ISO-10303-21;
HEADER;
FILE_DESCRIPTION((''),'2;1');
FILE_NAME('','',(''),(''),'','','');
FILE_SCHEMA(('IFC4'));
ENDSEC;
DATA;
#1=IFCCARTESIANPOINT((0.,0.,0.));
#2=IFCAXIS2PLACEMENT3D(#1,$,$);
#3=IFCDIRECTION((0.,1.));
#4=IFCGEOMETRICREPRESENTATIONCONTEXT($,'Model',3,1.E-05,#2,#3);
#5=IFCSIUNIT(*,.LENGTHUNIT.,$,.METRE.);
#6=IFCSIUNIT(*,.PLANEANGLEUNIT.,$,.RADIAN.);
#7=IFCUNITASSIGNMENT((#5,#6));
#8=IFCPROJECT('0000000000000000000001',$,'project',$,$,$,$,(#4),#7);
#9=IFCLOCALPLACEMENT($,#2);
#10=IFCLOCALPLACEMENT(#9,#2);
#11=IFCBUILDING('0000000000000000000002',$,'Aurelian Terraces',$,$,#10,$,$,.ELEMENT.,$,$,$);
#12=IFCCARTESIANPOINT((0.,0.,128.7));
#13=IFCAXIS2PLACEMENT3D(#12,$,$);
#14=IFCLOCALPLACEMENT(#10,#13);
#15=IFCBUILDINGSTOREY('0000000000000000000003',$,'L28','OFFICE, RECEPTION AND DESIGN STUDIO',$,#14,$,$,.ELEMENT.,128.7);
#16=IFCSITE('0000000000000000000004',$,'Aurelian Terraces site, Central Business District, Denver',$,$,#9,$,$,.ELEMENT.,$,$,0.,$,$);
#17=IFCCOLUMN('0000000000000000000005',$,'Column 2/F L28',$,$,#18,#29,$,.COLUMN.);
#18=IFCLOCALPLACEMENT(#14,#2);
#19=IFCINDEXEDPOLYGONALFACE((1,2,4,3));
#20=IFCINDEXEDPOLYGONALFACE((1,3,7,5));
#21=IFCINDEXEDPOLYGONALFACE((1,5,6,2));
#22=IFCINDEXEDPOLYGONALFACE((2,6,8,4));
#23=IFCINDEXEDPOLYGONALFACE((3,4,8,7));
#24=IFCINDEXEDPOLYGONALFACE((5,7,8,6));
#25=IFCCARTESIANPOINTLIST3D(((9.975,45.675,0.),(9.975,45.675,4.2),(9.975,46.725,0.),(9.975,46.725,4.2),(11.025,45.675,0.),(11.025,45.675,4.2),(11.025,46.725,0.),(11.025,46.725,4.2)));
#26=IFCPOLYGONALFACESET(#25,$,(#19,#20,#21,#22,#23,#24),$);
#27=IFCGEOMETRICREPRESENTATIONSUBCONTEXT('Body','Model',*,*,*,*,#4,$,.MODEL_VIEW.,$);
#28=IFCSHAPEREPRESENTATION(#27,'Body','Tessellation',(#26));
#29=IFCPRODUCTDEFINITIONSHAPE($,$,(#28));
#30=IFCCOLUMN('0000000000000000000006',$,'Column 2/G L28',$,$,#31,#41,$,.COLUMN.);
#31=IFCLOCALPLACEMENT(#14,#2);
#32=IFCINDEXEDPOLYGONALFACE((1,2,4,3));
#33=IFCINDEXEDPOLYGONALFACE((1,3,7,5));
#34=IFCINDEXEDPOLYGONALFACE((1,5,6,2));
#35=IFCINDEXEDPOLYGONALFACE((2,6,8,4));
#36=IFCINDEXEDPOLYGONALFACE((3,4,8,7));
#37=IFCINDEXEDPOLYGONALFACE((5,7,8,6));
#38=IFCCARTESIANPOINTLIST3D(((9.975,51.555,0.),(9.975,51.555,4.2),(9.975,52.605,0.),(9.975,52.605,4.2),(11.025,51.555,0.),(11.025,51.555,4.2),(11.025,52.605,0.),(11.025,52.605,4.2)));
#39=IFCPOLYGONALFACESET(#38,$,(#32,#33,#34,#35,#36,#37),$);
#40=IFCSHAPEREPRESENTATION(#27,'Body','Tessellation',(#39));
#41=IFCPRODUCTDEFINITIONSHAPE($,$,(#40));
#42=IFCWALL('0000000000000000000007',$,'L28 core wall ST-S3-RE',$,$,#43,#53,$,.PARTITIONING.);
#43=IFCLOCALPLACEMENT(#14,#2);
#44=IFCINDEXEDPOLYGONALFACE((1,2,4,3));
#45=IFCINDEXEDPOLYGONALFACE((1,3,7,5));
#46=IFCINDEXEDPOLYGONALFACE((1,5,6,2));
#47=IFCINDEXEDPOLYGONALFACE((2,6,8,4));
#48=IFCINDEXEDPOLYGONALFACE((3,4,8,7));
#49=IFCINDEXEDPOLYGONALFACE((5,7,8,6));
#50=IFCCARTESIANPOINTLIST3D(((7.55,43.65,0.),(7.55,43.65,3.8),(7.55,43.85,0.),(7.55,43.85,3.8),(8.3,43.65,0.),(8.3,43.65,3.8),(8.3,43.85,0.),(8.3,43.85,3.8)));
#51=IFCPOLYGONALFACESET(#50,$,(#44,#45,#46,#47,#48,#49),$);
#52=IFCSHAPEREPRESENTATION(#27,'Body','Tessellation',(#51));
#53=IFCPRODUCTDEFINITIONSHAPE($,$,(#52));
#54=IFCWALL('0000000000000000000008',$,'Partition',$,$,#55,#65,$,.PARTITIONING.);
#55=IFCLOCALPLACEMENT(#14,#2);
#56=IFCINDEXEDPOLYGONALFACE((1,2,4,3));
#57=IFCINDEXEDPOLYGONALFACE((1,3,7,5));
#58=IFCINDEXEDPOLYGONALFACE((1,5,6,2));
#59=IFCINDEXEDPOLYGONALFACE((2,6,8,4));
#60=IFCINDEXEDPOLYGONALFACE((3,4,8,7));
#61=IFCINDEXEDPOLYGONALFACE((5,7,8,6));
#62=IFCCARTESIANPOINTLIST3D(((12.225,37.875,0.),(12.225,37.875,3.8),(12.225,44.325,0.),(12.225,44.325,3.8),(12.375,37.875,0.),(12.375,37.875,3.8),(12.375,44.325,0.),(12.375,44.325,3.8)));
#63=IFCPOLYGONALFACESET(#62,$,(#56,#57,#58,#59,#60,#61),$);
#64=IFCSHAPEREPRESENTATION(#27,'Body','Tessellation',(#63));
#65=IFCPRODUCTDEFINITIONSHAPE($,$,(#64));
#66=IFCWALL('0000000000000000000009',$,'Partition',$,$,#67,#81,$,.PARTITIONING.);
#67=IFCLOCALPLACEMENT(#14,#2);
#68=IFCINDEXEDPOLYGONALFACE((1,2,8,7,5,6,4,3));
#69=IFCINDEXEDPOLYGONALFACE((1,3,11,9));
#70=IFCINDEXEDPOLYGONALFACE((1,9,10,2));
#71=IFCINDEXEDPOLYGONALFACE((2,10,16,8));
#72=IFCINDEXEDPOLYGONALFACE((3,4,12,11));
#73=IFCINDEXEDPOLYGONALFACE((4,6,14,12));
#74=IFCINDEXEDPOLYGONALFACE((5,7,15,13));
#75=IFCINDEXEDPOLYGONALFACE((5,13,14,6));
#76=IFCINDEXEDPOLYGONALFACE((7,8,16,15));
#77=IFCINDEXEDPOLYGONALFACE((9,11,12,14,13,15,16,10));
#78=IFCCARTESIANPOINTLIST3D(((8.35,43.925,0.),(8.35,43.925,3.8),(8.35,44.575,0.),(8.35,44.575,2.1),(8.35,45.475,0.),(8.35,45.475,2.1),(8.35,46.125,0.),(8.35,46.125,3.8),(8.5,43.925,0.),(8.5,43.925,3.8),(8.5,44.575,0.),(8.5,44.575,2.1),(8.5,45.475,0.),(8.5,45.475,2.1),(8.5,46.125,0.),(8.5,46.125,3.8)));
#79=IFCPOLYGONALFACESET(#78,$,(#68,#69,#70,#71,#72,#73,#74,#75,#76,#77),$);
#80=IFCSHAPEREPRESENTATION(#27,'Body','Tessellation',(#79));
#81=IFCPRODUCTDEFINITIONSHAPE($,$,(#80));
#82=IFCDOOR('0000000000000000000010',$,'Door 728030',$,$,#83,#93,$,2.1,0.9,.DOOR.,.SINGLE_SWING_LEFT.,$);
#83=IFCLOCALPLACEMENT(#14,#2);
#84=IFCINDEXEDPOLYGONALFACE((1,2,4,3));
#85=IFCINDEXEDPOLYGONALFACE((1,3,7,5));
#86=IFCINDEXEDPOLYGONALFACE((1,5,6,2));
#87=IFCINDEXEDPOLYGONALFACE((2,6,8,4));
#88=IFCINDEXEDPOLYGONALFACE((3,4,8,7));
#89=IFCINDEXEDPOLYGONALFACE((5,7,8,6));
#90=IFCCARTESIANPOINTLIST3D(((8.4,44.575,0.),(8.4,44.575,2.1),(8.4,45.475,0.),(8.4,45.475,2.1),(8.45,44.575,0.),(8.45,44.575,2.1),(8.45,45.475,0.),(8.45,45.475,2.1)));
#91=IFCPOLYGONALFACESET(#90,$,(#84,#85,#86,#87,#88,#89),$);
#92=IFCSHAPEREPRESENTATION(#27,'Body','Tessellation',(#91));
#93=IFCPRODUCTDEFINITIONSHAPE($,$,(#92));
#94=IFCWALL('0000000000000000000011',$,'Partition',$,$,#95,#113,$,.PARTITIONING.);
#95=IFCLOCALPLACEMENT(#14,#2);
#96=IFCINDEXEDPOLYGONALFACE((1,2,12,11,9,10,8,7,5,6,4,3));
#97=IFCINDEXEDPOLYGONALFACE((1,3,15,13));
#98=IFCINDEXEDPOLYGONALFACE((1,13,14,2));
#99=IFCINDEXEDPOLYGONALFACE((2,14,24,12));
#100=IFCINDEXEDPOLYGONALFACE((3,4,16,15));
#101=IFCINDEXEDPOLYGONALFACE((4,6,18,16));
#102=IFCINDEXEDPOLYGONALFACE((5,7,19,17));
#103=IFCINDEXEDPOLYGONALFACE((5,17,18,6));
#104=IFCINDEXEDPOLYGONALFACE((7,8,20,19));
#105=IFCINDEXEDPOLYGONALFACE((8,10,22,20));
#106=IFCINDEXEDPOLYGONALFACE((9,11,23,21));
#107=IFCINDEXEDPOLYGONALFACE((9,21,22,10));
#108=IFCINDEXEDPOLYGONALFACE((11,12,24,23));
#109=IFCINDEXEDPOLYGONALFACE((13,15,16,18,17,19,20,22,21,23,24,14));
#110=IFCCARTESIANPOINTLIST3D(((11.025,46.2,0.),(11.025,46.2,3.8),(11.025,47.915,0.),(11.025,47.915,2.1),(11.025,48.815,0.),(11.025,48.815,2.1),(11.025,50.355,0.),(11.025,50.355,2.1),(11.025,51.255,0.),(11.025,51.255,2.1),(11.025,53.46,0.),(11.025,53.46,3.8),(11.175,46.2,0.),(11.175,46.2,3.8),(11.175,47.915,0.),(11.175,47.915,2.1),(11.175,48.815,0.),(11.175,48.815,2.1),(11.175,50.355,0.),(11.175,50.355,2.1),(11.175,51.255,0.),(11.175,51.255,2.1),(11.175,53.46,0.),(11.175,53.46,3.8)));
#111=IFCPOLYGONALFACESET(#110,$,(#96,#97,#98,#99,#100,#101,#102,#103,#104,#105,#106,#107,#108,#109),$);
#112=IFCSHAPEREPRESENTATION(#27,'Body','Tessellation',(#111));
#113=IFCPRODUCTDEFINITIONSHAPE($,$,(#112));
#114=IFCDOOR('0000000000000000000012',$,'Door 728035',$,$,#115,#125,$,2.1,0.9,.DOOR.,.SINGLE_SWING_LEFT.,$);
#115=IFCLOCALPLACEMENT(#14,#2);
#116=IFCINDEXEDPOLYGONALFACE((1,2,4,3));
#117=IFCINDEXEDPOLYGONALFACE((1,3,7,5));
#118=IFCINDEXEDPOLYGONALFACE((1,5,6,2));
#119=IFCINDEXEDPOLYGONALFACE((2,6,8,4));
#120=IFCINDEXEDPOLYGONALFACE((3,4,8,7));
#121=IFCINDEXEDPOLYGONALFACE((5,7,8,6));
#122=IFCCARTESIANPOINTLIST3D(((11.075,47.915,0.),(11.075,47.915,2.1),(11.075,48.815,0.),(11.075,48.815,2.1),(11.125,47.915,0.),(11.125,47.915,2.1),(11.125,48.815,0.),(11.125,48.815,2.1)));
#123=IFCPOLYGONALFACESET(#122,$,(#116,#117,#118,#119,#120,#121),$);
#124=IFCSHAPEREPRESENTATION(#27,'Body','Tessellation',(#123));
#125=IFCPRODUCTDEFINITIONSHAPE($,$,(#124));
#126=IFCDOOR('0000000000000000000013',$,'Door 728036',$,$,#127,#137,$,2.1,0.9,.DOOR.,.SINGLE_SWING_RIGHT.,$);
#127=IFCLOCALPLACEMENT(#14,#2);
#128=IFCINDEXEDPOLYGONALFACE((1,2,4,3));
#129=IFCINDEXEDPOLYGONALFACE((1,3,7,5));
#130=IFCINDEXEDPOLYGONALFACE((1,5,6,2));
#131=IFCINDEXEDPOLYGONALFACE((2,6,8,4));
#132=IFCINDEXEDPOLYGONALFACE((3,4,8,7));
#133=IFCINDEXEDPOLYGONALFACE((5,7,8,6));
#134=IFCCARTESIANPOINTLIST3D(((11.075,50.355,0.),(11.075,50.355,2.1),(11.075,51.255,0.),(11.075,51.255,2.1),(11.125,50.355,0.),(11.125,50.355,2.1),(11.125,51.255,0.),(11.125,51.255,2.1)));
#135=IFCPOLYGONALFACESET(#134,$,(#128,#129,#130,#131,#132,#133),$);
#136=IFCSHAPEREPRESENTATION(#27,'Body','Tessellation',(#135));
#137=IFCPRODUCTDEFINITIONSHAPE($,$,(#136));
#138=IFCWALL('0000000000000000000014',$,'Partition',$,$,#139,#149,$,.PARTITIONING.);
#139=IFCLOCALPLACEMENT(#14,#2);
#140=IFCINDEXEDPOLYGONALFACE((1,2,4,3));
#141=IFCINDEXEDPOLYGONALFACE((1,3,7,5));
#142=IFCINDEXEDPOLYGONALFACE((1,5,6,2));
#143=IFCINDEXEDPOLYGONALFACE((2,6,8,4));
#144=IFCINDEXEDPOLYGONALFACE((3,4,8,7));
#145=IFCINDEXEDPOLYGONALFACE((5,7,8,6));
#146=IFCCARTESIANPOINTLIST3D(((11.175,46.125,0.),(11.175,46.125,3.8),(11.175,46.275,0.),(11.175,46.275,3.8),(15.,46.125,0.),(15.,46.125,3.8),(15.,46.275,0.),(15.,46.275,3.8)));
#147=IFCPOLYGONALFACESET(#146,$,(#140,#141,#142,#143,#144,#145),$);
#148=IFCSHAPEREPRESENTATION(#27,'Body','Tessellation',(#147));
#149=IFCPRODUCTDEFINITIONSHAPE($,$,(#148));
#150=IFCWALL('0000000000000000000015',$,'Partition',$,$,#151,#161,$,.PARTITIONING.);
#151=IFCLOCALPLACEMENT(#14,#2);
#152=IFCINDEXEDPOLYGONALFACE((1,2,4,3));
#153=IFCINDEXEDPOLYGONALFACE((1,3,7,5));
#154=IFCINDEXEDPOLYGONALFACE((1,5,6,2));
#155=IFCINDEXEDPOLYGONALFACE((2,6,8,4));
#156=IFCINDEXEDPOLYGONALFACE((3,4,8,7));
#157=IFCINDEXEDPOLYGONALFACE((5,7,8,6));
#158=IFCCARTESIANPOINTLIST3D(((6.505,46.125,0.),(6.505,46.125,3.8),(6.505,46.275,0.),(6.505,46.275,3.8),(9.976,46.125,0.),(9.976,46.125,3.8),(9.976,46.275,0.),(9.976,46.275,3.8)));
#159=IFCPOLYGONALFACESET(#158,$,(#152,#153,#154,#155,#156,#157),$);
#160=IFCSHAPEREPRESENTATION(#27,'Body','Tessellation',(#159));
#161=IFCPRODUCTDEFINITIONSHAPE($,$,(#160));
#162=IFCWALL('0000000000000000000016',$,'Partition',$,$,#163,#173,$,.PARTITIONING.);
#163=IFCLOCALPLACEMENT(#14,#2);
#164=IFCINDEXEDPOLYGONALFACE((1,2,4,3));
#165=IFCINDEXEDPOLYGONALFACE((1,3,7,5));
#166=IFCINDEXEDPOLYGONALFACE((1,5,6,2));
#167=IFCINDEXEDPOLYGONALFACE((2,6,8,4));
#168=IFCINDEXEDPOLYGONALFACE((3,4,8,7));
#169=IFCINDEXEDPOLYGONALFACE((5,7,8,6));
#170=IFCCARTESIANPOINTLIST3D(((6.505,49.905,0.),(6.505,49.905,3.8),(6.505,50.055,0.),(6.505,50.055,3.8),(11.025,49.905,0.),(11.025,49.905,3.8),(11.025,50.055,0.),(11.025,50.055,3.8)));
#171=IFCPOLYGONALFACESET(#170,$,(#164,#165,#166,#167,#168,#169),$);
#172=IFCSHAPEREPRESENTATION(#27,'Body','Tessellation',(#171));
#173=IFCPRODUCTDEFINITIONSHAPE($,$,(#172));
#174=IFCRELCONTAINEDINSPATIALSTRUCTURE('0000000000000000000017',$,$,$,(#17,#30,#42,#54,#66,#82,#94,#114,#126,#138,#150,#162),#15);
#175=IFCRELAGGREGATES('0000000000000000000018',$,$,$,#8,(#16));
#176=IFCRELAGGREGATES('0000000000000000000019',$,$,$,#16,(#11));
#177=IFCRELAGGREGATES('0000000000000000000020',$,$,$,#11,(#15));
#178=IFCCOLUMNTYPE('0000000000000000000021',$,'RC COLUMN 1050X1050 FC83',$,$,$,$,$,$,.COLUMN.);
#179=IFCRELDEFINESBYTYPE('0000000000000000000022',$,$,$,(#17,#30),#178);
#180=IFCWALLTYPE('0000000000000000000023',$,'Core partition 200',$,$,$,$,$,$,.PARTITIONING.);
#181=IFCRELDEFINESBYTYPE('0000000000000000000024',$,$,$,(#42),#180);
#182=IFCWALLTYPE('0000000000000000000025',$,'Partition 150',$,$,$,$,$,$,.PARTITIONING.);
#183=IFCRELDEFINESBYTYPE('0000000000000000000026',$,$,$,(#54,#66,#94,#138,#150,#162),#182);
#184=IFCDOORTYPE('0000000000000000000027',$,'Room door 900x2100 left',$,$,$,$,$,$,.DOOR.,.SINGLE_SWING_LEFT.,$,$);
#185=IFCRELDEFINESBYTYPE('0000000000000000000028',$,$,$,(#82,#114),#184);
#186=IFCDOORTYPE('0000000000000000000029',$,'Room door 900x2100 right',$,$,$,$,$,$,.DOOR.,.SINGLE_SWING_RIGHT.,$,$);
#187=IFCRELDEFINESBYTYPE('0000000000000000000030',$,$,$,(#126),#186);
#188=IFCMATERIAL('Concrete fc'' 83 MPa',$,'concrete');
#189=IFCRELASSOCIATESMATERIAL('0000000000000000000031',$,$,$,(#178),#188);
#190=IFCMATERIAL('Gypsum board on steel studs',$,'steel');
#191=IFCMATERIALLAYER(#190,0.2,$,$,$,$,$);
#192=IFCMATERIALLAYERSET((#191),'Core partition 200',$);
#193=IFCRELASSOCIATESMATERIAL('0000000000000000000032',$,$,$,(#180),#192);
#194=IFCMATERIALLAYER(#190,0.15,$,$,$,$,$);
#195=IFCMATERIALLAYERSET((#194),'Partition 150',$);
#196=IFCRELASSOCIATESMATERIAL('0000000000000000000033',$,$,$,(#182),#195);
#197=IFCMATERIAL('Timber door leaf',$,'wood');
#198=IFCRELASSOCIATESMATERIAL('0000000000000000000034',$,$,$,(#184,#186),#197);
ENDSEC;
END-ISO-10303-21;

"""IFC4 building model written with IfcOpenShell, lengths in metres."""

from ifc_helpers import new_model, si_unit, direction, frame, frame_2d, origin, origin_2d, place, context, subcontext, project, spatial, rectangle, extrude, source, transform, mapped, material, layer, layer_set, material_profile, profile_set, type_object, element, fill, save


model = new_model("IFC4")

# Units and contexts
model_context = context("Model", 3, precision=1e-05, world=origin(), true_north=direction((0.0, 1.0)))
body_context = subcontext(model_context, "Body", "Model", "MODEL_VIEW")
ifc_project = project(units=[si_unit("LENGTHUNIT", "METRE"), si_unit("PLANEANGLEUNIT", "RADIAN")], contexts=[model_context])

# Site, building, storey
site_placement = place(None, origin())
site = spatial("IfcSite", under=ifc_project, at=site_placement, Name="Aurelian Terraces site, Central Business District, Denver", CompositionType="ELEMENT", RefElevation=0.0)
building_placement = place(site_placement, origin())
building = spatial("IfcBuilding", under=site, at=building_placement, Name="Aurelian Terraces", CompositionType="ELEMENT")
storey_placement = place(building_placement, frame((0.0, 0.0, 128.7)))
storey = spatial("IfcBuildingStorey", under=building, at=storey_placement, Name="L28", Description="OFFICE, RECEPTION AND DESIGN STUDIO", CompositionType="ELEMENT", Elevation=128.7)

# Columns
ifc_material_1 = material(Name="Concrete fc' 83 MPa", Category="concrete")
ifc_material_profile = material_profile(ifc_material_1, rectangle(XDim=1.05, YDim=1.05, at=origin_2d()))
ifc_profile_set = profile_set([ifc_material_profile], Name="Concrete fc' 83 MPa")
column_type = type_object("IfcColumnType", Name="RC COLUMN 1050X1050 FC83", PredefinedType="COLUMN", material=ifc_profile_set)
shared_shape_1 = source(origin(), body_context, "Body", "SweptSolid", [
    extrude(rectangle(XDim=1.05, YDim=1.05, at=origin_2d()), origin(), (0.0, 0.0, 1.0), 4.2),
])
for number, where, z_axis, x_axis, name in (
    (1, (10.5, 46.2, 0.0), (0.0, 0.0, 1.0), (1.0, 0.0, 0.0), "Column 2/F L28"),
    (2, (10.5, 52.08, 0.0), (0.0, 0.0, 1.0), (1.0, 0.0, 0.0), "Column 2/G L28"),
):
    element("IfcColumn", number, at=place(storey_placement, frame(where, z_axis=z_axis, x_axis=x_axis)), inside=storey, type_object=column_type, Name=name, PredefinedType="COLUMN", context=body_context, shape_type="MappedRepresentation", body=[
        mapped(shared_shape_1, transform((0.0, 0.0, 0.0), scale=1.0)),
    ])

# Walls
ifc_material_2 = material(Name="Gypsum board on steel studs", Category="steel")
ifc_layer_1 = layer(ifc_material_2, 0.2)
ifc_layer_set_1 = layer_set([ifc_layer_1], Name="Core partition 200")
wall_type_1 = type_object("IfcWallType", Name="Core partition 200", PredefinedType="PARTITIONING", material=ifc_layer_set_1)
shared_shape_2 = source(origin(), body_context, "Body", "SweptSolid", [
    extrude(rectangle(XDim=0.75, YDim=0.2, at=frame_2d((0.375, 0.0))), origin(), (0.0, 0.0, 1.0), 3.8),
])
wall_1_placement = place(storey_placement, frame((7.55, 43.75, 0.0), z_axis=(0.0, 0.0, 1.0), x_axis=(1.0, 0.0, 0.0)))
element("IfcWall", 3, at=wall_1_placement, inside=storey, type_object=wall_type_1, Name="L28 core wall ST-S3-RE", PredefinedType="PARTITIONING", context=body_context, shape_type="MappedRepresentation", body=[
    mapped(shared_shape_2, transform((0.0, 0.0, 0.0), scale=1.0)),
])
ifc_layer_2 = layer(ifc_material_2, 0.15)
ifc_layer_set_2 = layer_set([ifc_layer_2], Name="Partition 150")
wall_type_2 = type_object("IfcWallType", Name="Partition 150", PredefinedType="PARTITIONING", material=ifc_layer_set_2)
shared_shape_3 = source(origin(), body_context, "Body", "SweptSolid", [
    extrude(rectangle(XDim=6.45, YDim=0.15, at=frame_2d((3.225, 0.0))), origin(), (0.0, 0.0, 1.0), 3.8),
])
wall_2_placement = place(storey_placement, frame((12.3, 44.325, 0.0), z_axis=(0.0, 0.0, 1.0), x_axis=(0.0, -1.0, 0.0)))
element("IfcWall", 4, at=wall_2_placement, inside=storey, type_object=wall_type_2, Name="Partition", PredefinedType="PARTITIONING", context=body_context, shape_type="MappedRepresentation", body=[
    mapped(shared_shape_3, transform((0.0, 0.0, 0.0), scale=1.0)),
])

# Wall, opening, door
shared_shape_4 = source(origin(), body_context, "Body", "SweptSolid", [
    extrude(rectangle(XDim=2.2, YDim=0.15, at=frame_2d((1.1, 0.0))), origin(), (0.0, 0.0, 1.0), 3.8),
])
wall_3_placement = place(storey_placement, frame((8.425, 43.925, 0.0), z_axis=(0.0, 0.0, 1.0), x_axis=(0.0, 1.0, 0.0)))
wall_3 = element("IfcWall", 5, at=wall_3_placement, inside=storey, type_object=wall_type_2, Name="Partition", PredefinedType="PARTITIONING", context=body_context, shape_type="MappedRepresentation", body=[
    mapped(shared_shape_4, transform((0.0, 0.0, 0.0), scale=1.0)),
])
shared_shape_5 = source(origin(), body_context, "Body", "SweptSolid", [
    extrude(rectangle(XDim=0.9, YDim=2.1, at=frame_2d((0.45, 1.05))), frame((0.0, 0.085, 0.0), z_axis=(0.0, -1.0, 0.0), x_axis=(1.0, 0.0, 0.0)), (0.0, 0.0, 1.0), 0.17),
])
opening_1_placement = place(wall_3_placement, frame((0.65, 0.0, 0.0)))
opening_1 = element("IfcOpeningElement", 6, at=opening_1_placement, cuts=wall_3, PredefinedType="OPENING", context=body_context, shape_type="MappedRepresentation", body=[
    mapped(shared_shape_5, transform((0.0, 0.0, 0.0), scale=1.0)),
])
ifc_material_3 = material(Name="Timber door leaf", Category="wood")
door_type_1 = type_object("IfcDoorType", Name="Room door 900x2100 left", OperationType="SINGLE_SWING_LEFT", PredefinedType="DOOR", material=ifc_material_3)
shared_shape_6 = source(origin(), body_context, "Body", "SweptSolid", [
    extrude(rectangle(XDim=0.9, YDim=2.1, at=frame_2d((0.45, 1.05))), frame((0.0, 0.025, 0.0), z_axis=(0.0, -1.0, 0.0), x_axis=(1.0, 0.0, 0.0)), (0.0, 0.0, 1.0), 0.05),
])
door_1_placement = place(opening_1_placement, origin())
door_1 = element("IfcDoor", 7, at=door_1_placement, inside=storey, type_object=door_type_1, Name="Door 728030", OperationType="SINGLE_SWING_LEFT", OverallHeight=2.1, OverallWidth=0.9, PredefinedType="DOOR", context=body_context, shape_type="MappedRepresentation", body=[
    mapped(shared_shape_6, transform((0.0, 0.0, 0.0), scale=1.0)),
])
fill(opening_1, door_1)

# Wall, openings, doors
shared_shape_7 = source(origin(), body_context, "Body", "SweptSolid", [
    extrude(rectangle(XDim=7.26, YDim=0.15, at=frame_2d((3.63, 0.0))), origin(), (0.0, 0.0, 1.0), 3.8),
])
wall_4_placement = place(storey_placement, frame((11.1, 46.2, 0.0), z_axis=(0.0, 0.0, 1.0), x_axis=(0.0, 1.0, 0.0)))
wall_4 = element("IfcWall", 8, at=wall_4_placement, inside=storey, type_object=wall_type_2, Name="Partition", PredefinedType="PARTITIONING", context=body_context, shape_type="MappedRepresentation", body=[
    mapped(shared_shape_7, transform((0.0, 0.0, 0.0), scale=1.0)),
])
opening_2_placement = place(wall_4_placement, frame((1.715, 0.0, 0.0)))
opening_2 = element("IfcOpeningElement", 9, at=opening_2_placement, cuts=wall_4, PredefinedType="OPENING", context=body_context, shape_type="MappedRepresentation", body=[
    mapped(shared_shape_5, transform((0.0, 0.0, 0.0), scale=1.0)),
])
opening_3_placement = place(wall_4_placement, frame((4.155, 0.0, 0.0)))
opening_3 = element("IfcOpeningElement", 10, at=opening_3_placement, cuts=wall_4, PredefinedType="OPENING", context=body_context, shape_type="MappedRepresentation", body=[
    mapped(shared_shape_5, transform((0.0, 0.0, 0.0), scale=1.0)),
])
door_2_placement = place(opening_2_placement, origin())
door_2 = element("IfcDoor", 11, at=door_2_placement, inside=storey, type_object=door_type_1, Name="Door 728035", OperationType="SINGLE_SWING_LEFT", OverallHeight=2.1, OverallWidth=0.9, PredefinedType="DOOR", context=body_context, shape_type="MappedRepresentation", body=[
    mapped(shared_shape_6, transform((0.0, 0.0, 0.0), scale=1.0)),
])
fill(opening_2, door_2)
door_type_2 = type_object("IfcDoorType", Name="Room door 900x2100 right", OperationType="SINGLE_SWING_RIGHT", PredefinedType="DOOR", material=ifc_material_3)
door_3_placement = place(opening_3_placement, origin())
door_3 = element("IfcDoor", 12, at=door_3_placement, inside=storey, type_object=door_type_2, Name="Door 728036", OperationType="SINGLE_SWING_RIGHT", OverallHeight=2.1, OverallWidth=0.9, PredefinedType="DOOR", context=body_context, shape_type="MappedRepresentation", body=[
    mapped(shared_shape_6, transform((0.0, 0.0, 0.0), scale=1.0)),
])
fill(opening_3, door_3)

# Walls
shared_shape_8 = source(origin(), body_context, "Body", "SweptSolid", [
    extrude(rectangle(XDim=3.825, YDim=0.15, at=frame_2d((1.9125, 0.0))), origin(), (0.0, 0.0, 1.0), 3.8),
])
wall_5_placement = place(storey_placement, frame((15.0, 46.2, 0.0), z_axis=(0.0, 0.0, 1.0), x_axis=(-1.0, 0.0, 0.0)))
element("IfcWall", 13, at=wall_5_placement, inside=storey, type_object=wall_type_2, Name="Partition", PredefinedType="PARTITIONING", context=body_context, shape_type="MappedRepresentation", body=[
    mapped(shared_shape_8, transform((0.0, 0.0, 0.0), scale=1.0)),
])
shared_shape_9 = source(origin(), body_context, "Body", "SweptSolid", [
    extrude(rectangle(XDim=3.471, YDim=0.15, at=frame_2d((1.7355, 0.0))), origin(), (0.0, 0.0, 1.0), 3.8),
])
wall_6_placement = place(storey_placement, frame((9.976, 46.2, 0.0), z_axis=(0.0, 0.0, 1.0), x_axis=(-1.0, 0.0, 0.0)))
element("IfcWall", 14, at=wall_6_placement, inside=storey, type_object=wall_type_2, Name="Partition", PredefinedType="PARTITIONING", context=body_context, shape_type="MappedRepresentation", body=[
    mapped(shared_shape_9, transform((0.0, 0.0, 0.0), scale=1.0)),
])
shared_shape_10 = source(origin(), body_context, "Body", "SweptSolid", [
    extrude(rectangle(XDim=4.52, YDim=0.15, at=frame_2d((2.26, 0.0))), origin(), (0.0, 0.0, 1.0), 3.8),
])
wall_7_placement = place(storey_placement, frame((11.025, 49.98, 0.0), z_axis=(0.0, 0.0, 1.0), x_axis=(-1.0, 0.0, 0.0)))
element("IfcWall", 15, at=wall_7_placement, inside=storey, type_object=wall_type_2, Name="Partition", PredefinedType="PARTITIONING", context=body_context, shape_type="MappedRepresentation", body=[
    mapped(shared_shape_10, transform((0.0, 0.0, 0.0), scale=1.0)),
])

save(model, "model.ifc")
